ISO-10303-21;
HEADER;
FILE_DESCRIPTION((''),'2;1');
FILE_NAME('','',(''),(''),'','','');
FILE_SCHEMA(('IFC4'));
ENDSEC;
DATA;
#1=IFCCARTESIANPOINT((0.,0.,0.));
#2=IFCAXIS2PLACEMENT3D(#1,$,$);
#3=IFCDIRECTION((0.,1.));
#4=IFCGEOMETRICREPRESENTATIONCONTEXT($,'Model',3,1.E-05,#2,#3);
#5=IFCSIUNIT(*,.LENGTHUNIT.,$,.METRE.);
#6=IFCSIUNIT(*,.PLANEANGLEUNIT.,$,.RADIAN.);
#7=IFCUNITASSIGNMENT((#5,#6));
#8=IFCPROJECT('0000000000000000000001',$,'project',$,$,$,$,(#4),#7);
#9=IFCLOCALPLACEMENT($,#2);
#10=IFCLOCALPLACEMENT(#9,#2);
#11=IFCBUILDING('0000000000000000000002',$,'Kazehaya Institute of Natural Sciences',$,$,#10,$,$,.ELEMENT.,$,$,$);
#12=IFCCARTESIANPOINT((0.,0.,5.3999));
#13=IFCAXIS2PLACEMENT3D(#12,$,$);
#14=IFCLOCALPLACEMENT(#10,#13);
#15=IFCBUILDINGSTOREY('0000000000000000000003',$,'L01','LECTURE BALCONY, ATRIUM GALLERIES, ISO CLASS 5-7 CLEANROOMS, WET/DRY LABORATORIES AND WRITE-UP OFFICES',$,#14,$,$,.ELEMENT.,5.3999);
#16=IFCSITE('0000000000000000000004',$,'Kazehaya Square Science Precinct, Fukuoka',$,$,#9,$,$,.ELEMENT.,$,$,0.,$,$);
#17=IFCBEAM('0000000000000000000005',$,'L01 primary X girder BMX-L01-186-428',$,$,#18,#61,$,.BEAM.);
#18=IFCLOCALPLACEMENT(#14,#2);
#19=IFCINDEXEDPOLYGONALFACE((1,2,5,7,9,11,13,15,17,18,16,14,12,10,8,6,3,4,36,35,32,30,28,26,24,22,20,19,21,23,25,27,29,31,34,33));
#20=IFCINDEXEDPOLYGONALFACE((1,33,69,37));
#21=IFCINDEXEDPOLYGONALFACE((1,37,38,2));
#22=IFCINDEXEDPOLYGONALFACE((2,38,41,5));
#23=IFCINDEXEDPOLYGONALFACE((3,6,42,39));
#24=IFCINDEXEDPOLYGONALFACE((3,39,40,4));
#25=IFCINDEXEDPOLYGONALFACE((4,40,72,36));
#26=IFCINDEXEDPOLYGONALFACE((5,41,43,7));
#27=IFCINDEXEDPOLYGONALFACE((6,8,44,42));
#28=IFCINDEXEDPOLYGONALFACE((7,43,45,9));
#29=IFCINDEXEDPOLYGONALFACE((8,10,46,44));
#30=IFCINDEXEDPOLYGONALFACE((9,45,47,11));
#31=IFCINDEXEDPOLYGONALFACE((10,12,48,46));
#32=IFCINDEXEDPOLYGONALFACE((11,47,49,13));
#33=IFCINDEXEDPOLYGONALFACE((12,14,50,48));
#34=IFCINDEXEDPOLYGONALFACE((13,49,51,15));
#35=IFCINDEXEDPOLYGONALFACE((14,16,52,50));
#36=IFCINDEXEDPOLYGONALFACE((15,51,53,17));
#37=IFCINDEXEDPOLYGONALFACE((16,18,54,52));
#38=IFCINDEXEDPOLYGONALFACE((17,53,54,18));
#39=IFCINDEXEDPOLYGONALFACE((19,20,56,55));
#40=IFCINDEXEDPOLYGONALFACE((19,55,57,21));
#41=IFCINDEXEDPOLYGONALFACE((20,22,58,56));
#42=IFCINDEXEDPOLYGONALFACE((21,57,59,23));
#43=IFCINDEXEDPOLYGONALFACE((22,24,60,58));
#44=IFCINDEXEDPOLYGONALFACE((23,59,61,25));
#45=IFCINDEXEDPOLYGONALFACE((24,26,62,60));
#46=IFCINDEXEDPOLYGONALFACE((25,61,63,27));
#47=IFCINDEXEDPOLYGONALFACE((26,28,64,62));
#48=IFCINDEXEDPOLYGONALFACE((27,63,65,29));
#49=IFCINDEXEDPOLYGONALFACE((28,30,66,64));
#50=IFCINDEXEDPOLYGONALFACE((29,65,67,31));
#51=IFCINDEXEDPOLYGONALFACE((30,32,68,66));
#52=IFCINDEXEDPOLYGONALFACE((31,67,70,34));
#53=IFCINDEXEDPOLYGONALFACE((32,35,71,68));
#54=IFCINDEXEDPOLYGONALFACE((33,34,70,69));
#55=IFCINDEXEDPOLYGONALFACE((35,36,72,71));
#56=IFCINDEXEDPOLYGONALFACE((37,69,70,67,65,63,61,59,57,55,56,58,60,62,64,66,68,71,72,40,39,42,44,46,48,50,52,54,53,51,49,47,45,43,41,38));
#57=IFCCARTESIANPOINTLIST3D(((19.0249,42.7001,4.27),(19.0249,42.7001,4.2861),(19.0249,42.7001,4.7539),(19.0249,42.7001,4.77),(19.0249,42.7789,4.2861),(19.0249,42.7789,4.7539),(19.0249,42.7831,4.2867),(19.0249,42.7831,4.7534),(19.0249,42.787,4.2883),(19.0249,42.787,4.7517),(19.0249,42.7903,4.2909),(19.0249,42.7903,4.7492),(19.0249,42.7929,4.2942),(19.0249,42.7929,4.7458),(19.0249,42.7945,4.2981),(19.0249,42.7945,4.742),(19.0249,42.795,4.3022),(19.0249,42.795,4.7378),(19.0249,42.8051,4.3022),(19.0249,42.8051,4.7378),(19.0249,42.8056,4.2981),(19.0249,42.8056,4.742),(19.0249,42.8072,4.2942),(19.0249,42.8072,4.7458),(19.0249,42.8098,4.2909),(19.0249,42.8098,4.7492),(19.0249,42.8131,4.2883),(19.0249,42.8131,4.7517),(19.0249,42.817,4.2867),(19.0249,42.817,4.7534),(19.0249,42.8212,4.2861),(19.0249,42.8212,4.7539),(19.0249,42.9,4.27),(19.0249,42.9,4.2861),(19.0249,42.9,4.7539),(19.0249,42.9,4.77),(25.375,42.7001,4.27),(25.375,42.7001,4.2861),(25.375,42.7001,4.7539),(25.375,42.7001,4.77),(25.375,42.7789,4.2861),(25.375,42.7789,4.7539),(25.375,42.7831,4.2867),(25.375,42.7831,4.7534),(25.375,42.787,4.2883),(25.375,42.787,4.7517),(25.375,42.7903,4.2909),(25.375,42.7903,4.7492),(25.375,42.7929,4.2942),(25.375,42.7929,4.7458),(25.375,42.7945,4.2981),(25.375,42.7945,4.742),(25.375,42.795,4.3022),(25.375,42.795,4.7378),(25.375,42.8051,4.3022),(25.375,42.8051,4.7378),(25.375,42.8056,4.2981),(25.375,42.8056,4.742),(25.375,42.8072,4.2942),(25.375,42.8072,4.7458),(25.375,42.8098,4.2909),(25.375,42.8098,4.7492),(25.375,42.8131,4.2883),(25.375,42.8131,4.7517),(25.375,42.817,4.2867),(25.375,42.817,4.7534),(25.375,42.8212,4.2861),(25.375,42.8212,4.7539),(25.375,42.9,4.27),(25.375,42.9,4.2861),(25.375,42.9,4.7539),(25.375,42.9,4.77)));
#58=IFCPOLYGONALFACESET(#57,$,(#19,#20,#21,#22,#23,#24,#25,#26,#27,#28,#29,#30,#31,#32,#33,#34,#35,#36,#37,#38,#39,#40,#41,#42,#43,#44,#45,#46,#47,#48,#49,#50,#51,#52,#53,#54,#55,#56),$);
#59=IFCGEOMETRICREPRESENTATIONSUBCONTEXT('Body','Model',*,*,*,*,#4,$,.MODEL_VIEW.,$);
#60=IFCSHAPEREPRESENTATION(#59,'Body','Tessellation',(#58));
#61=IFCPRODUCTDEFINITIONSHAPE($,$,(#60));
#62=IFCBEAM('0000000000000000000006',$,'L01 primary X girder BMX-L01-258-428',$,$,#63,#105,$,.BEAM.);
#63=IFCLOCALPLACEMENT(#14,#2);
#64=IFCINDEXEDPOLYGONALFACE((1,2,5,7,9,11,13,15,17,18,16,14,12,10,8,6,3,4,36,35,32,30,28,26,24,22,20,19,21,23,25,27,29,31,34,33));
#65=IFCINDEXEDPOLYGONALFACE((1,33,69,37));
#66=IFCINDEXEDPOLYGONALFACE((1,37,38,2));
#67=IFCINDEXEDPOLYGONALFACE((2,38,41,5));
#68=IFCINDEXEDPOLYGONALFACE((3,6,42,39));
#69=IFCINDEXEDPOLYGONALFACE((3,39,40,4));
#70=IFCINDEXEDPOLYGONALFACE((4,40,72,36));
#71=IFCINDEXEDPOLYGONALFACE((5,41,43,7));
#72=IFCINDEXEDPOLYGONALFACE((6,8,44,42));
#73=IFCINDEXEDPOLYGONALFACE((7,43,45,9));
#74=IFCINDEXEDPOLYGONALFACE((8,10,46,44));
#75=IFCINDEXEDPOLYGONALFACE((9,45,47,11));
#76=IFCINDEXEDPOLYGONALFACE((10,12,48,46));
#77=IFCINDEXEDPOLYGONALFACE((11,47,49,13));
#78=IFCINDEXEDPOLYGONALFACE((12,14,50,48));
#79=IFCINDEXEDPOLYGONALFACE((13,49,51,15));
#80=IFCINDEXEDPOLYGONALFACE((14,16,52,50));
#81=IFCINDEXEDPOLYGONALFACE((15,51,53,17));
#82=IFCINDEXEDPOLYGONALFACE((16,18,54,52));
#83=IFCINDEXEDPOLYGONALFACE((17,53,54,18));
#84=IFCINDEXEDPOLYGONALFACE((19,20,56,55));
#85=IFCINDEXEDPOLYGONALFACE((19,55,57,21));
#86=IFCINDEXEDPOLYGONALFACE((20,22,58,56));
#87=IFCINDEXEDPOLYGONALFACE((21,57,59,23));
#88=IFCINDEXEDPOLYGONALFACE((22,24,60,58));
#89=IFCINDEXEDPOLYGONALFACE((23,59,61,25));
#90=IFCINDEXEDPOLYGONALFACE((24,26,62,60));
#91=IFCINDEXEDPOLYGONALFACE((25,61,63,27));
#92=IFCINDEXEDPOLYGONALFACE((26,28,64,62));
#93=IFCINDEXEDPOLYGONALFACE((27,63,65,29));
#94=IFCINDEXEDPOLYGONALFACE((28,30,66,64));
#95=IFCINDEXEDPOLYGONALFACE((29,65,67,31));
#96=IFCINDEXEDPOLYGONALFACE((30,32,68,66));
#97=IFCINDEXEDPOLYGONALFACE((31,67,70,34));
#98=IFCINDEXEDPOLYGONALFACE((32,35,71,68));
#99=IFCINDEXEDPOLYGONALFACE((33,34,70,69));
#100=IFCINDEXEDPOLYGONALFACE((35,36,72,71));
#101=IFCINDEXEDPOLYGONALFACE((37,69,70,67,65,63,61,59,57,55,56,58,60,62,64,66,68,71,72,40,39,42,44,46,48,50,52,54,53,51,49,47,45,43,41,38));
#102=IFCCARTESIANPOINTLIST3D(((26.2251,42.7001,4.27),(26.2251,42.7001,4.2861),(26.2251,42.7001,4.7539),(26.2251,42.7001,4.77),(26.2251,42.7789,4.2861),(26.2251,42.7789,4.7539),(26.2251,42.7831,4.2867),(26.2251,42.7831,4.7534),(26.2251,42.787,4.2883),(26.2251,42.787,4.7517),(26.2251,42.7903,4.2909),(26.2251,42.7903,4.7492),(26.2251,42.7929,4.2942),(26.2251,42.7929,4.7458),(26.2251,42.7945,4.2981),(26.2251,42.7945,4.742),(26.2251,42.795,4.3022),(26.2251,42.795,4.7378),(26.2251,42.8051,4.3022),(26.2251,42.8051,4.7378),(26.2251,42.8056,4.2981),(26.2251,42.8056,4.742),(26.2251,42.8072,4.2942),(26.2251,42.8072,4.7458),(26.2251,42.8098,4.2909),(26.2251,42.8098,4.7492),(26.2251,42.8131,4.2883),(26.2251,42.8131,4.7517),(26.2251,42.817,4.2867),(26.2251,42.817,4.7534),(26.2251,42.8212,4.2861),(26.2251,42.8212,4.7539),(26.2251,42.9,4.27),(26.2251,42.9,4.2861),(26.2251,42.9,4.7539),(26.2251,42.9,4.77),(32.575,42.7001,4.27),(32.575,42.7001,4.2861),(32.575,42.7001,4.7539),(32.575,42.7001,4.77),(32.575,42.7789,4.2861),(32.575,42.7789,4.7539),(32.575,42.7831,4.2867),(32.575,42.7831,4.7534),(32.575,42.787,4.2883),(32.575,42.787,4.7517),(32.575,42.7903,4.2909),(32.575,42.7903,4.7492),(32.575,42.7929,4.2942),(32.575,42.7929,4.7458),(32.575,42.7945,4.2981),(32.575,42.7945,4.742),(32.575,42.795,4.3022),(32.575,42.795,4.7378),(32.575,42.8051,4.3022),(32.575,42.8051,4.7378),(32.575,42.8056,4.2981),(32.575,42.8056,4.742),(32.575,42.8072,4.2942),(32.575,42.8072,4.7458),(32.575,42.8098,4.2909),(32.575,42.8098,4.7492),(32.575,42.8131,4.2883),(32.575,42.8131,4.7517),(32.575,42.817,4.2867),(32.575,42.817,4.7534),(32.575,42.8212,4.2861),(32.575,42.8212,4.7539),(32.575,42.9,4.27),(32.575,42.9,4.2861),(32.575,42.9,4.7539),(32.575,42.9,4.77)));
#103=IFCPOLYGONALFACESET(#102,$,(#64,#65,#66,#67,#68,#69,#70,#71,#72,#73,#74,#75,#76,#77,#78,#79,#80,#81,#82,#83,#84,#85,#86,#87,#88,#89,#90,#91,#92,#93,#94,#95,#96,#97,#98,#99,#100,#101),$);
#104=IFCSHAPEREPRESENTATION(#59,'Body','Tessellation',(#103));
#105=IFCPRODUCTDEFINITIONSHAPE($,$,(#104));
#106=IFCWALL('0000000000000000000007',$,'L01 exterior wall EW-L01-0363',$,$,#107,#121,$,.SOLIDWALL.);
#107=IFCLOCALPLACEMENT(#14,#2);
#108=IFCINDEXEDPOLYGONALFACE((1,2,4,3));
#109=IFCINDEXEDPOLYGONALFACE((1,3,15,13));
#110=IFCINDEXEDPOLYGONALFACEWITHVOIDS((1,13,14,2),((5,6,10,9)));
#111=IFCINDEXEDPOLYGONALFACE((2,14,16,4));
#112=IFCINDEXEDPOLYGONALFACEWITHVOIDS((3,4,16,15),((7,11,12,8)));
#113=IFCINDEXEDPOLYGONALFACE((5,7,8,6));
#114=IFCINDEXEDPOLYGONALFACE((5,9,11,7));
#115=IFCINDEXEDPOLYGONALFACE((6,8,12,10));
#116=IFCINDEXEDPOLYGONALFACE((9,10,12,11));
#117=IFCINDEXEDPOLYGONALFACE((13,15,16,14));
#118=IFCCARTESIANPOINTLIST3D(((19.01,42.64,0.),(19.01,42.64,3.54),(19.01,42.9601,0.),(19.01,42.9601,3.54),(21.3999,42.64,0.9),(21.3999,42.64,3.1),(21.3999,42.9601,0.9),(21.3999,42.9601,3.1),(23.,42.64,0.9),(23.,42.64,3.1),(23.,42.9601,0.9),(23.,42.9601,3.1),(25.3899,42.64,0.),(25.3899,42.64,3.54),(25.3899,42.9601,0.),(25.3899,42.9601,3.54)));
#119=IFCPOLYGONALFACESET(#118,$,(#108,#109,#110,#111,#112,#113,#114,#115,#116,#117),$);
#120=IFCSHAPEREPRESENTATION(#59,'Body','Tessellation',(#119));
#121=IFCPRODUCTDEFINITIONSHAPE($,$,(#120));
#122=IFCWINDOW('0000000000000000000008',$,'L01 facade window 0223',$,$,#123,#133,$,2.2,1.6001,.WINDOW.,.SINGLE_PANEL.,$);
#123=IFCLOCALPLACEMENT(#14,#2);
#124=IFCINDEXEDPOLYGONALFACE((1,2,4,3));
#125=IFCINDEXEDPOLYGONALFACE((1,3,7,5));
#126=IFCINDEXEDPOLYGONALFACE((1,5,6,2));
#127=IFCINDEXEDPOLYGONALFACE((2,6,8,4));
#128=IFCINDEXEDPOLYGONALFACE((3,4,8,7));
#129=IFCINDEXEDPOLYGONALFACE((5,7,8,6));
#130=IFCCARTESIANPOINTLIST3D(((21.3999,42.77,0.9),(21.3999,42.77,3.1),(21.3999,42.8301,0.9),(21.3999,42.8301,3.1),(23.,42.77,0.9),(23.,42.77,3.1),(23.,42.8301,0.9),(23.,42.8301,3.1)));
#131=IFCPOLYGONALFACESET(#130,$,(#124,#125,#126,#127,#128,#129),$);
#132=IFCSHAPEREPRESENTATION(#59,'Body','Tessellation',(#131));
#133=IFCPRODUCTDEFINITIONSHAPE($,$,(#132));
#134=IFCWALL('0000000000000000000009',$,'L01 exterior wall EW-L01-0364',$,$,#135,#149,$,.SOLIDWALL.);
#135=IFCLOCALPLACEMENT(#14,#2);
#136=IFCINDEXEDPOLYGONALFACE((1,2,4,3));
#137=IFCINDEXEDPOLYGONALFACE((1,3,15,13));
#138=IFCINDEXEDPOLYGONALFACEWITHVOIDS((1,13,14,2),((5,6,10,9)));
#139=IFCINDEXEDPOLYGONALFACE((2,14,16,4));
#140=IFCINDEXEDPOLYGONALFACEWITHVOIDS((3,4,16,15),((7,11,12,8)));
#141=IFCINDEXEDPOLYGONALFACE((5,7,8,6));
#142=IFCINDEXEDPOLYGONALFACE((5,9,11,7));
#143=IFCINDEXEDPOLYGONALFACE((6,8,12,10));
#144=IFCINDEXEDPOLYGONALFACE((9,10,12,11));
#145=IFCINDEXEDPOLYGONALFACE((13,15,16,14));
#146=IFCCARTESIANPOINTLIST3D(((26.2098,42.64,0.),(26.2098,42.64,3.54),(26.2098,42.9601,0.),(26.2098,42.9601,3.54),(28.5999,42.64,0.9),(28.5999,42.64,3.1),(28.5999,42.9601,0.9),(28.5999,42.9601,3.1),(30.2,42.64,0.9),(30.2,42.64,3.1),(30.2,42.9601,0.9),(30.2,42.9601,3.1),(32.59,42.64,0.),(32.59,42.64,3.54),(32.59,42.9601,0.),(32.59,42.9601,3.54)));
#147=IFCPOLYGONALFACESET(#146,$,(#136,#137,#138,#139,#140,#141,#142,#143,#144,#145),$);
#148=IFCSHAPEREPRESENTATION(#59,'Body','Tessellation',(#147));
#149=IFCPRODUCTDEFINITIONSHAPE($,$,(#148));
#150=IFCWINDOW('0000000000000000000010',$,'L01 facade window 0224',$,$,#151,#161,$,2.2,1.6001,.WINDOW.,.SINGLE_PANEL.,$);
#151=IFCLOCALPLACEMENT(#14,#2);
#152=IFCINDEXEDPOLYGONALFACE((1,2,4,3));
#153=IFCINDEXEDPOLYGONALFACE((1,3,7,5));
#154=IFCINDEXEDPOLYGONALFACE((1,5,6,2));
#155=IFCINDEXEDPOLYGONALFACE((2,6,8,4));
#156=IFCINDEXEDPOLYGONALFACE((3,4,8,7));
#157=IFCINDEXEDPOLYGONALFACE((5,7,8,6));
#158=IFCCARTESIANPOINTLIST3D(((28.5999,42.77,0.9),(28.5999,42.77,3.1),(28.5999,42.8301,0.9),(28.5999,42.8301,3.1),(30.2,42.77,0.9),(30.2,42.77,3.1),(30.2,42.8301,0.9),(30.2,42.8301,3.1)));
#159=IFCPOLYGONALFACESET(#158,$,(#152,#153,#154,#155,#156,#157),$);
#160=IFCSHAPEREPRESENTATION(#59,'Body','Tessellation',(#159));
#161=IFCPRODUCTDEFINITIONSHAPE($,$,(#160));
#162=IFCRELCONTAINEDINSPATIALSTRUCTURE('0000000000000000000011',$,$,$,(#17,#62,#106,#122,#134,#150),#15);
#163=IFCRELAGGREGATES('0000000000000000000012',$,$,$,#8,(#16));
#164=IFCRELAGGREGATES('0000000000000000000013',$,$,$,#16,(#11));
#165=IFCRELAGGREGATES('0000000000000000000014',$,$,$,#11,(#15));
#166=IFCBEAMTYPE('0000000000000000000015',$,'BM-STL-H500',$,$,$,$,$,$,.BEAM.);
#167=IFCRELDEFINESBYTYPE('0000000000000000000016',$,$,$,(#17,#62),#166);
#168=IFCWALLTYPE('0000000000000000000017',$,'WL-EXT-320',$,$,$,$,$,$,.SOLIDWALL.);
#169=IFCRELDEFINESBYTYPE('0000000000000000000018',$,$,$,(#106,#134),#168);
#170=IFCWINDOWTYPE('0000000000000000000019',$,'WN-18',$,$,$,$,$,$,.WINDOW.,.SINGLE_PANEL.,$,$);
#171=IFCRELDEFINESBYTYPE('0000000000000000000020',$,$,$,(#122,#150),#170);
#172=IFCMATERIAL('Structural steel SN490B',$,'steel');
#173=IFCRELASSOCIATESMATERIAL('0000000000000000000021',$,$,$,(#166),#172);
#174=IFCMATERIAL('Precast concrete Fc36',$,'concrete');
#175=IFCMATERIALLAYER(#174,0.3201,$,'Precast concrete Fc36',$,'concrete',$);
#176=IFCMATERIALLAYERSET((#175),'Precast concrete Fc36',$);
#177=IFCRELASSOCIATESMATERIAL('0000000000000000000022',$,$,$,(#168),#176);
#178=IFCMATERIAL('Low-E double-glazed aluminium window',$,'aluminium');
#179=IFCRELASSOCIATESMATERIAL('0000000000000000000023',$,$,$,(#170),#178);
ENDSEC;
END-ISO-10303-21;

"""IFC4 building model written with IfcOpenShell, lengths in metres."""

from ifc_helpers import new_model, si_unit, direction, frame, frame_2d, origin, origin_2d, place, context, subcontext, project, spatial, rectangle, i_section, extrude, material, layer, layer_set, material_profile, profile_set, type_object, element, fill, save


model = new_model("IFC4")

# Units and contexts
model_context = context("Model", 3, precision=1e-05, world=origin(), true_north=direction((0.0, 1.0)))
body_context = subcontext(model_context, "Body", "Model", "MODEL_VIEW")
ifc_project = project(units=[si_unit("LENGTHUNIT", "METRE"), si_unit("PLANEANGLEUNIT", "RADIAN")], contexts=[model_context])

# Site, building, storey
site_placement = place(None, origin())
site = spatial("IfcSite", under=ifc_project, at=site_placement, Name="Kazehaya Square Science Precinct, Fukuoka", CompositionType="ELEMENT", RefElevation=0.0)
building_placement = place(site_placement, origin())
building = spatial("IfcBuilding", under=site, at=building_placement, Name="Kazehaya Institute of Natural Sciences", CompositionType="ELEMENT")
storey_placement = place(building_placement, frame((0.0, 0.0, 5.3999)))
storey = spatial("IfcBuildingStorey", under=building, at=storey_placement, Name="L01", Description="LECTURE BALCONY, ATRIUM GALLERIES, ISO CLASS 5-7 CLEANROOMS, WET/DRY LABORATORIES AND WRITE-UP OFFICES", CompositionType="ELEMENT", Elevation=5.3999)

# Beams
ifc_material_1 = material(Name="Structural steel SN490B", Category="steel")
ifc_material_profile_1 = material_profile(ifc_material_1, i_section(OverallWidth=0.2, OverallDepth=0.5, WebThickness=0.01, FlangeThickness=0.0161, FilletRadius=0.0161, at=origin_2d()), Name="H-500x200x10x16")
ifc_profile_set_1 = profile_set([ifc_material_profile_1], Name="Structural steel SN490B")
beam_type_1 = type_object("IfcBeamType", Name="BM-STL-H500", PredefinedType="BEAM", material=ifc_profile_set_1)
for number, where, z_axis, x_axis, name in (
    (1, (19.0249, 42.8, 4.52), (1.0, 0.0, 0.0), (0.0, 1.0, 0.0), "L01 primary X girder BMX-L01-186-428"),
):
    element("IfcBeam", number, at=place(storey_placement, frame(where, z_axis=z_axis, x_axis=x_axis)), inside=storey, type_object=beam_type_1, Name=name, PredefinedType="BEAM", context=body_context, shape_type="SweptSolid", body=[
        extrude(i_section(OverallWidth=0.2, OverallDepth=0.5, WebThickness=0.01, FlangeThickness=0.0161, FilletRadius=0.0161, at=origin_2d()), origin(), (0.0, 0.0, 1.0), 6.3501),
    ])
beam_1_placement = place(storey_placement, frame((26.2251, 42.8, 4.52), z_axis=(1.0, 0.0, 0.0), x_axis=(0.0, 1.0, 0.0)))
element("IfcBeam", 2, at=beam_1_placement, inside=storey, type_object=beam_type_1, Name="L01 primary X girder BMX-L01-258-428", PredefinedType="BEAM", context=body_context, shape_type="SweptSolid", body=[
    extrude(i_section(OverallWidth=0.2, OverallDepth=0.5, WebThickness=0.01, FlangeThickness=0.0161, FilletRadius=0.0161, at=origin_2d()), origin(), (0.0, 0.0, 1.0), 6.3499),
])

# Walls, openings, windows
ifc_material_2 = material(Name="Precast concrete Fc36", Category="concrete")
ifc_layer = layer(ifc_material_2, 0.3201, Name="Precast concrete Fc36", Category="concrete")
ifc_layer_set = layer_set([ifc_layer], Name="Precast concrete Fc36")
wall_type = type_object("IfcWallType", Name="WL-EXT-320", PredefinedType="SOLIDWALL", material=ifc_layer_set)
wall_1_placement = place(storey_placement, frame((19.01, 42.8, 0.0), z_axis=(0.0, 0.0, 1.0), x_axis=(1.0, 0.0, 0.0)))
wall_1 = element("IfcWall", 3, at=wall_1_placement, inside=storey, type_object=wall_type, Name="L01 exterior wall EW-L01-0363", PredefinedType="SOLIDWALL", context=body_context, shape_type="SweptSolid", body=[
    extrude(rectangle(XDim=6.3799, YDim=0.3201, at=frame_2d((3.1899, 0.0))), origin(), (0.0, 0.0, 1.0), 3.54),
])
opening_1_placement = place(wall_1_placement, frame((2.3899, 0.0, 0.8999)))
opening_1 = element("IfcOpeningElement", 4, at=opening_1_placement, cuts=wall_1, PredefinedType="OPENING", context=body_context, shape_type="SweptSolid", body=[
    extrude(rectangle(XDim=1.6001, YDim=2.2, at=frame_2d((0.8, 1.1001))), frame((0.0, 0.1699, 0.0), z_axis=(0.0, -1.0, 0.0), x_axis=(1.0, 0.0, 0.0)), (0.0, 0.0, 1.0), 0.3401),
])
ifc_material_3 = material(Name="Low-E double-glazed aluminium window", Category="aluminium")
window_type = type_object("IfcWindowType", Name="WN-18", PartitioningType="SINGLE_PANEL", PredefinedType="WINDOW", material=ifc_material_3)
window_1_placement = place(opening_1_placement, origin())
window_1 = element("IfcWindow", 5, at=window_1_placement, inside=storey, type_object=window_type, Name="L01 facade window 0223", OverallHeight=2.2, OverallWidth=1.6001, PartitioningType="SINGLE_PANEL", PredefinedType="WINDOW", context=body_context, shape_type="SweptSolid", body=[
    extrude(rectangle(XDim=1.6001, YDim=2.2, at=frame_2d((0.8, 1.1001))), frame((0.0, 0.03, 0.0), z_axis=(0.0, -1.0, 0.0), x_axis=(1.0, 0.0, 0.0)), (0.0, 0.0, 1.0), 0.0601),
])
fill(opening_1, window_1)
wall_2_placement = place(storey_placement, frame((26.21, 42.8, 0.0), z_axis=(0.0, 0.0, 1.0), x_axis=(1.0, 0.0, 0.0)))
wall_2 = element("IfcWall", 6, at=wall_2_placement, inside=storey, type_object=wall_type, Name="L01 exterior wall EW-L01-0364", PredefinedType="SOLIDWALL", context=body_context, shape_type="SweptSolid", body=[
    extrude(rectangle(XDim=6.3801, YDim=0.3201, at=frame_2d((3.1899, 0.0))), origin(), (0.0, 0.0, 1.0), 3.54),
])
opening_2_placement = place(wall_2_placement, frame((2.3899, 0.0, 0.8999)))
opening_2 = element("IfcOpeningElement", 7, at=opening_2_placement, cuts=wall_2, PredefinedType="OPENING", context=body_context, shape_type="SweptSolid", body=[
    extrude(rectangle(XDim=1.6001, YDim=2.2, at=frame_2d((0.8, 1.1001))), frame((0.0, 0.1699, 0.0), z_axis=(0.0, -1.0, 0.0), x_axis=(1.0, 0.0, 0.0)), (0.0, 0.0, 1.0), 0.3401),
])
window_2_placement = place(opening_2_placement, origin())
window_2 = element("IfcWindow", 8, at=window_2_placement, inside=storey, type_object=window_type, Name="L01 facade window 0224", OverallHeight=2.2, OverallWidth=1.6001, PartitioningType="SINGLE_PANEL", PredefinedType="WINDOW", context=body_context, shape_type="SweptSolid", body=[
    extrude(rectangle(XDim=1.6001, YDim=2.2, at=frame_2d((0.8, 1.1001))), frame((0.0, 0.03, 0.0), z_axis=(0.0, -1.0, 0.0), x_axis=(1.0, 0.0, 0.0)), (0.0, 0.0, 1.0), 0.0601),
])
fill(opening_2, window_2)

save(model, "model.ifc")
